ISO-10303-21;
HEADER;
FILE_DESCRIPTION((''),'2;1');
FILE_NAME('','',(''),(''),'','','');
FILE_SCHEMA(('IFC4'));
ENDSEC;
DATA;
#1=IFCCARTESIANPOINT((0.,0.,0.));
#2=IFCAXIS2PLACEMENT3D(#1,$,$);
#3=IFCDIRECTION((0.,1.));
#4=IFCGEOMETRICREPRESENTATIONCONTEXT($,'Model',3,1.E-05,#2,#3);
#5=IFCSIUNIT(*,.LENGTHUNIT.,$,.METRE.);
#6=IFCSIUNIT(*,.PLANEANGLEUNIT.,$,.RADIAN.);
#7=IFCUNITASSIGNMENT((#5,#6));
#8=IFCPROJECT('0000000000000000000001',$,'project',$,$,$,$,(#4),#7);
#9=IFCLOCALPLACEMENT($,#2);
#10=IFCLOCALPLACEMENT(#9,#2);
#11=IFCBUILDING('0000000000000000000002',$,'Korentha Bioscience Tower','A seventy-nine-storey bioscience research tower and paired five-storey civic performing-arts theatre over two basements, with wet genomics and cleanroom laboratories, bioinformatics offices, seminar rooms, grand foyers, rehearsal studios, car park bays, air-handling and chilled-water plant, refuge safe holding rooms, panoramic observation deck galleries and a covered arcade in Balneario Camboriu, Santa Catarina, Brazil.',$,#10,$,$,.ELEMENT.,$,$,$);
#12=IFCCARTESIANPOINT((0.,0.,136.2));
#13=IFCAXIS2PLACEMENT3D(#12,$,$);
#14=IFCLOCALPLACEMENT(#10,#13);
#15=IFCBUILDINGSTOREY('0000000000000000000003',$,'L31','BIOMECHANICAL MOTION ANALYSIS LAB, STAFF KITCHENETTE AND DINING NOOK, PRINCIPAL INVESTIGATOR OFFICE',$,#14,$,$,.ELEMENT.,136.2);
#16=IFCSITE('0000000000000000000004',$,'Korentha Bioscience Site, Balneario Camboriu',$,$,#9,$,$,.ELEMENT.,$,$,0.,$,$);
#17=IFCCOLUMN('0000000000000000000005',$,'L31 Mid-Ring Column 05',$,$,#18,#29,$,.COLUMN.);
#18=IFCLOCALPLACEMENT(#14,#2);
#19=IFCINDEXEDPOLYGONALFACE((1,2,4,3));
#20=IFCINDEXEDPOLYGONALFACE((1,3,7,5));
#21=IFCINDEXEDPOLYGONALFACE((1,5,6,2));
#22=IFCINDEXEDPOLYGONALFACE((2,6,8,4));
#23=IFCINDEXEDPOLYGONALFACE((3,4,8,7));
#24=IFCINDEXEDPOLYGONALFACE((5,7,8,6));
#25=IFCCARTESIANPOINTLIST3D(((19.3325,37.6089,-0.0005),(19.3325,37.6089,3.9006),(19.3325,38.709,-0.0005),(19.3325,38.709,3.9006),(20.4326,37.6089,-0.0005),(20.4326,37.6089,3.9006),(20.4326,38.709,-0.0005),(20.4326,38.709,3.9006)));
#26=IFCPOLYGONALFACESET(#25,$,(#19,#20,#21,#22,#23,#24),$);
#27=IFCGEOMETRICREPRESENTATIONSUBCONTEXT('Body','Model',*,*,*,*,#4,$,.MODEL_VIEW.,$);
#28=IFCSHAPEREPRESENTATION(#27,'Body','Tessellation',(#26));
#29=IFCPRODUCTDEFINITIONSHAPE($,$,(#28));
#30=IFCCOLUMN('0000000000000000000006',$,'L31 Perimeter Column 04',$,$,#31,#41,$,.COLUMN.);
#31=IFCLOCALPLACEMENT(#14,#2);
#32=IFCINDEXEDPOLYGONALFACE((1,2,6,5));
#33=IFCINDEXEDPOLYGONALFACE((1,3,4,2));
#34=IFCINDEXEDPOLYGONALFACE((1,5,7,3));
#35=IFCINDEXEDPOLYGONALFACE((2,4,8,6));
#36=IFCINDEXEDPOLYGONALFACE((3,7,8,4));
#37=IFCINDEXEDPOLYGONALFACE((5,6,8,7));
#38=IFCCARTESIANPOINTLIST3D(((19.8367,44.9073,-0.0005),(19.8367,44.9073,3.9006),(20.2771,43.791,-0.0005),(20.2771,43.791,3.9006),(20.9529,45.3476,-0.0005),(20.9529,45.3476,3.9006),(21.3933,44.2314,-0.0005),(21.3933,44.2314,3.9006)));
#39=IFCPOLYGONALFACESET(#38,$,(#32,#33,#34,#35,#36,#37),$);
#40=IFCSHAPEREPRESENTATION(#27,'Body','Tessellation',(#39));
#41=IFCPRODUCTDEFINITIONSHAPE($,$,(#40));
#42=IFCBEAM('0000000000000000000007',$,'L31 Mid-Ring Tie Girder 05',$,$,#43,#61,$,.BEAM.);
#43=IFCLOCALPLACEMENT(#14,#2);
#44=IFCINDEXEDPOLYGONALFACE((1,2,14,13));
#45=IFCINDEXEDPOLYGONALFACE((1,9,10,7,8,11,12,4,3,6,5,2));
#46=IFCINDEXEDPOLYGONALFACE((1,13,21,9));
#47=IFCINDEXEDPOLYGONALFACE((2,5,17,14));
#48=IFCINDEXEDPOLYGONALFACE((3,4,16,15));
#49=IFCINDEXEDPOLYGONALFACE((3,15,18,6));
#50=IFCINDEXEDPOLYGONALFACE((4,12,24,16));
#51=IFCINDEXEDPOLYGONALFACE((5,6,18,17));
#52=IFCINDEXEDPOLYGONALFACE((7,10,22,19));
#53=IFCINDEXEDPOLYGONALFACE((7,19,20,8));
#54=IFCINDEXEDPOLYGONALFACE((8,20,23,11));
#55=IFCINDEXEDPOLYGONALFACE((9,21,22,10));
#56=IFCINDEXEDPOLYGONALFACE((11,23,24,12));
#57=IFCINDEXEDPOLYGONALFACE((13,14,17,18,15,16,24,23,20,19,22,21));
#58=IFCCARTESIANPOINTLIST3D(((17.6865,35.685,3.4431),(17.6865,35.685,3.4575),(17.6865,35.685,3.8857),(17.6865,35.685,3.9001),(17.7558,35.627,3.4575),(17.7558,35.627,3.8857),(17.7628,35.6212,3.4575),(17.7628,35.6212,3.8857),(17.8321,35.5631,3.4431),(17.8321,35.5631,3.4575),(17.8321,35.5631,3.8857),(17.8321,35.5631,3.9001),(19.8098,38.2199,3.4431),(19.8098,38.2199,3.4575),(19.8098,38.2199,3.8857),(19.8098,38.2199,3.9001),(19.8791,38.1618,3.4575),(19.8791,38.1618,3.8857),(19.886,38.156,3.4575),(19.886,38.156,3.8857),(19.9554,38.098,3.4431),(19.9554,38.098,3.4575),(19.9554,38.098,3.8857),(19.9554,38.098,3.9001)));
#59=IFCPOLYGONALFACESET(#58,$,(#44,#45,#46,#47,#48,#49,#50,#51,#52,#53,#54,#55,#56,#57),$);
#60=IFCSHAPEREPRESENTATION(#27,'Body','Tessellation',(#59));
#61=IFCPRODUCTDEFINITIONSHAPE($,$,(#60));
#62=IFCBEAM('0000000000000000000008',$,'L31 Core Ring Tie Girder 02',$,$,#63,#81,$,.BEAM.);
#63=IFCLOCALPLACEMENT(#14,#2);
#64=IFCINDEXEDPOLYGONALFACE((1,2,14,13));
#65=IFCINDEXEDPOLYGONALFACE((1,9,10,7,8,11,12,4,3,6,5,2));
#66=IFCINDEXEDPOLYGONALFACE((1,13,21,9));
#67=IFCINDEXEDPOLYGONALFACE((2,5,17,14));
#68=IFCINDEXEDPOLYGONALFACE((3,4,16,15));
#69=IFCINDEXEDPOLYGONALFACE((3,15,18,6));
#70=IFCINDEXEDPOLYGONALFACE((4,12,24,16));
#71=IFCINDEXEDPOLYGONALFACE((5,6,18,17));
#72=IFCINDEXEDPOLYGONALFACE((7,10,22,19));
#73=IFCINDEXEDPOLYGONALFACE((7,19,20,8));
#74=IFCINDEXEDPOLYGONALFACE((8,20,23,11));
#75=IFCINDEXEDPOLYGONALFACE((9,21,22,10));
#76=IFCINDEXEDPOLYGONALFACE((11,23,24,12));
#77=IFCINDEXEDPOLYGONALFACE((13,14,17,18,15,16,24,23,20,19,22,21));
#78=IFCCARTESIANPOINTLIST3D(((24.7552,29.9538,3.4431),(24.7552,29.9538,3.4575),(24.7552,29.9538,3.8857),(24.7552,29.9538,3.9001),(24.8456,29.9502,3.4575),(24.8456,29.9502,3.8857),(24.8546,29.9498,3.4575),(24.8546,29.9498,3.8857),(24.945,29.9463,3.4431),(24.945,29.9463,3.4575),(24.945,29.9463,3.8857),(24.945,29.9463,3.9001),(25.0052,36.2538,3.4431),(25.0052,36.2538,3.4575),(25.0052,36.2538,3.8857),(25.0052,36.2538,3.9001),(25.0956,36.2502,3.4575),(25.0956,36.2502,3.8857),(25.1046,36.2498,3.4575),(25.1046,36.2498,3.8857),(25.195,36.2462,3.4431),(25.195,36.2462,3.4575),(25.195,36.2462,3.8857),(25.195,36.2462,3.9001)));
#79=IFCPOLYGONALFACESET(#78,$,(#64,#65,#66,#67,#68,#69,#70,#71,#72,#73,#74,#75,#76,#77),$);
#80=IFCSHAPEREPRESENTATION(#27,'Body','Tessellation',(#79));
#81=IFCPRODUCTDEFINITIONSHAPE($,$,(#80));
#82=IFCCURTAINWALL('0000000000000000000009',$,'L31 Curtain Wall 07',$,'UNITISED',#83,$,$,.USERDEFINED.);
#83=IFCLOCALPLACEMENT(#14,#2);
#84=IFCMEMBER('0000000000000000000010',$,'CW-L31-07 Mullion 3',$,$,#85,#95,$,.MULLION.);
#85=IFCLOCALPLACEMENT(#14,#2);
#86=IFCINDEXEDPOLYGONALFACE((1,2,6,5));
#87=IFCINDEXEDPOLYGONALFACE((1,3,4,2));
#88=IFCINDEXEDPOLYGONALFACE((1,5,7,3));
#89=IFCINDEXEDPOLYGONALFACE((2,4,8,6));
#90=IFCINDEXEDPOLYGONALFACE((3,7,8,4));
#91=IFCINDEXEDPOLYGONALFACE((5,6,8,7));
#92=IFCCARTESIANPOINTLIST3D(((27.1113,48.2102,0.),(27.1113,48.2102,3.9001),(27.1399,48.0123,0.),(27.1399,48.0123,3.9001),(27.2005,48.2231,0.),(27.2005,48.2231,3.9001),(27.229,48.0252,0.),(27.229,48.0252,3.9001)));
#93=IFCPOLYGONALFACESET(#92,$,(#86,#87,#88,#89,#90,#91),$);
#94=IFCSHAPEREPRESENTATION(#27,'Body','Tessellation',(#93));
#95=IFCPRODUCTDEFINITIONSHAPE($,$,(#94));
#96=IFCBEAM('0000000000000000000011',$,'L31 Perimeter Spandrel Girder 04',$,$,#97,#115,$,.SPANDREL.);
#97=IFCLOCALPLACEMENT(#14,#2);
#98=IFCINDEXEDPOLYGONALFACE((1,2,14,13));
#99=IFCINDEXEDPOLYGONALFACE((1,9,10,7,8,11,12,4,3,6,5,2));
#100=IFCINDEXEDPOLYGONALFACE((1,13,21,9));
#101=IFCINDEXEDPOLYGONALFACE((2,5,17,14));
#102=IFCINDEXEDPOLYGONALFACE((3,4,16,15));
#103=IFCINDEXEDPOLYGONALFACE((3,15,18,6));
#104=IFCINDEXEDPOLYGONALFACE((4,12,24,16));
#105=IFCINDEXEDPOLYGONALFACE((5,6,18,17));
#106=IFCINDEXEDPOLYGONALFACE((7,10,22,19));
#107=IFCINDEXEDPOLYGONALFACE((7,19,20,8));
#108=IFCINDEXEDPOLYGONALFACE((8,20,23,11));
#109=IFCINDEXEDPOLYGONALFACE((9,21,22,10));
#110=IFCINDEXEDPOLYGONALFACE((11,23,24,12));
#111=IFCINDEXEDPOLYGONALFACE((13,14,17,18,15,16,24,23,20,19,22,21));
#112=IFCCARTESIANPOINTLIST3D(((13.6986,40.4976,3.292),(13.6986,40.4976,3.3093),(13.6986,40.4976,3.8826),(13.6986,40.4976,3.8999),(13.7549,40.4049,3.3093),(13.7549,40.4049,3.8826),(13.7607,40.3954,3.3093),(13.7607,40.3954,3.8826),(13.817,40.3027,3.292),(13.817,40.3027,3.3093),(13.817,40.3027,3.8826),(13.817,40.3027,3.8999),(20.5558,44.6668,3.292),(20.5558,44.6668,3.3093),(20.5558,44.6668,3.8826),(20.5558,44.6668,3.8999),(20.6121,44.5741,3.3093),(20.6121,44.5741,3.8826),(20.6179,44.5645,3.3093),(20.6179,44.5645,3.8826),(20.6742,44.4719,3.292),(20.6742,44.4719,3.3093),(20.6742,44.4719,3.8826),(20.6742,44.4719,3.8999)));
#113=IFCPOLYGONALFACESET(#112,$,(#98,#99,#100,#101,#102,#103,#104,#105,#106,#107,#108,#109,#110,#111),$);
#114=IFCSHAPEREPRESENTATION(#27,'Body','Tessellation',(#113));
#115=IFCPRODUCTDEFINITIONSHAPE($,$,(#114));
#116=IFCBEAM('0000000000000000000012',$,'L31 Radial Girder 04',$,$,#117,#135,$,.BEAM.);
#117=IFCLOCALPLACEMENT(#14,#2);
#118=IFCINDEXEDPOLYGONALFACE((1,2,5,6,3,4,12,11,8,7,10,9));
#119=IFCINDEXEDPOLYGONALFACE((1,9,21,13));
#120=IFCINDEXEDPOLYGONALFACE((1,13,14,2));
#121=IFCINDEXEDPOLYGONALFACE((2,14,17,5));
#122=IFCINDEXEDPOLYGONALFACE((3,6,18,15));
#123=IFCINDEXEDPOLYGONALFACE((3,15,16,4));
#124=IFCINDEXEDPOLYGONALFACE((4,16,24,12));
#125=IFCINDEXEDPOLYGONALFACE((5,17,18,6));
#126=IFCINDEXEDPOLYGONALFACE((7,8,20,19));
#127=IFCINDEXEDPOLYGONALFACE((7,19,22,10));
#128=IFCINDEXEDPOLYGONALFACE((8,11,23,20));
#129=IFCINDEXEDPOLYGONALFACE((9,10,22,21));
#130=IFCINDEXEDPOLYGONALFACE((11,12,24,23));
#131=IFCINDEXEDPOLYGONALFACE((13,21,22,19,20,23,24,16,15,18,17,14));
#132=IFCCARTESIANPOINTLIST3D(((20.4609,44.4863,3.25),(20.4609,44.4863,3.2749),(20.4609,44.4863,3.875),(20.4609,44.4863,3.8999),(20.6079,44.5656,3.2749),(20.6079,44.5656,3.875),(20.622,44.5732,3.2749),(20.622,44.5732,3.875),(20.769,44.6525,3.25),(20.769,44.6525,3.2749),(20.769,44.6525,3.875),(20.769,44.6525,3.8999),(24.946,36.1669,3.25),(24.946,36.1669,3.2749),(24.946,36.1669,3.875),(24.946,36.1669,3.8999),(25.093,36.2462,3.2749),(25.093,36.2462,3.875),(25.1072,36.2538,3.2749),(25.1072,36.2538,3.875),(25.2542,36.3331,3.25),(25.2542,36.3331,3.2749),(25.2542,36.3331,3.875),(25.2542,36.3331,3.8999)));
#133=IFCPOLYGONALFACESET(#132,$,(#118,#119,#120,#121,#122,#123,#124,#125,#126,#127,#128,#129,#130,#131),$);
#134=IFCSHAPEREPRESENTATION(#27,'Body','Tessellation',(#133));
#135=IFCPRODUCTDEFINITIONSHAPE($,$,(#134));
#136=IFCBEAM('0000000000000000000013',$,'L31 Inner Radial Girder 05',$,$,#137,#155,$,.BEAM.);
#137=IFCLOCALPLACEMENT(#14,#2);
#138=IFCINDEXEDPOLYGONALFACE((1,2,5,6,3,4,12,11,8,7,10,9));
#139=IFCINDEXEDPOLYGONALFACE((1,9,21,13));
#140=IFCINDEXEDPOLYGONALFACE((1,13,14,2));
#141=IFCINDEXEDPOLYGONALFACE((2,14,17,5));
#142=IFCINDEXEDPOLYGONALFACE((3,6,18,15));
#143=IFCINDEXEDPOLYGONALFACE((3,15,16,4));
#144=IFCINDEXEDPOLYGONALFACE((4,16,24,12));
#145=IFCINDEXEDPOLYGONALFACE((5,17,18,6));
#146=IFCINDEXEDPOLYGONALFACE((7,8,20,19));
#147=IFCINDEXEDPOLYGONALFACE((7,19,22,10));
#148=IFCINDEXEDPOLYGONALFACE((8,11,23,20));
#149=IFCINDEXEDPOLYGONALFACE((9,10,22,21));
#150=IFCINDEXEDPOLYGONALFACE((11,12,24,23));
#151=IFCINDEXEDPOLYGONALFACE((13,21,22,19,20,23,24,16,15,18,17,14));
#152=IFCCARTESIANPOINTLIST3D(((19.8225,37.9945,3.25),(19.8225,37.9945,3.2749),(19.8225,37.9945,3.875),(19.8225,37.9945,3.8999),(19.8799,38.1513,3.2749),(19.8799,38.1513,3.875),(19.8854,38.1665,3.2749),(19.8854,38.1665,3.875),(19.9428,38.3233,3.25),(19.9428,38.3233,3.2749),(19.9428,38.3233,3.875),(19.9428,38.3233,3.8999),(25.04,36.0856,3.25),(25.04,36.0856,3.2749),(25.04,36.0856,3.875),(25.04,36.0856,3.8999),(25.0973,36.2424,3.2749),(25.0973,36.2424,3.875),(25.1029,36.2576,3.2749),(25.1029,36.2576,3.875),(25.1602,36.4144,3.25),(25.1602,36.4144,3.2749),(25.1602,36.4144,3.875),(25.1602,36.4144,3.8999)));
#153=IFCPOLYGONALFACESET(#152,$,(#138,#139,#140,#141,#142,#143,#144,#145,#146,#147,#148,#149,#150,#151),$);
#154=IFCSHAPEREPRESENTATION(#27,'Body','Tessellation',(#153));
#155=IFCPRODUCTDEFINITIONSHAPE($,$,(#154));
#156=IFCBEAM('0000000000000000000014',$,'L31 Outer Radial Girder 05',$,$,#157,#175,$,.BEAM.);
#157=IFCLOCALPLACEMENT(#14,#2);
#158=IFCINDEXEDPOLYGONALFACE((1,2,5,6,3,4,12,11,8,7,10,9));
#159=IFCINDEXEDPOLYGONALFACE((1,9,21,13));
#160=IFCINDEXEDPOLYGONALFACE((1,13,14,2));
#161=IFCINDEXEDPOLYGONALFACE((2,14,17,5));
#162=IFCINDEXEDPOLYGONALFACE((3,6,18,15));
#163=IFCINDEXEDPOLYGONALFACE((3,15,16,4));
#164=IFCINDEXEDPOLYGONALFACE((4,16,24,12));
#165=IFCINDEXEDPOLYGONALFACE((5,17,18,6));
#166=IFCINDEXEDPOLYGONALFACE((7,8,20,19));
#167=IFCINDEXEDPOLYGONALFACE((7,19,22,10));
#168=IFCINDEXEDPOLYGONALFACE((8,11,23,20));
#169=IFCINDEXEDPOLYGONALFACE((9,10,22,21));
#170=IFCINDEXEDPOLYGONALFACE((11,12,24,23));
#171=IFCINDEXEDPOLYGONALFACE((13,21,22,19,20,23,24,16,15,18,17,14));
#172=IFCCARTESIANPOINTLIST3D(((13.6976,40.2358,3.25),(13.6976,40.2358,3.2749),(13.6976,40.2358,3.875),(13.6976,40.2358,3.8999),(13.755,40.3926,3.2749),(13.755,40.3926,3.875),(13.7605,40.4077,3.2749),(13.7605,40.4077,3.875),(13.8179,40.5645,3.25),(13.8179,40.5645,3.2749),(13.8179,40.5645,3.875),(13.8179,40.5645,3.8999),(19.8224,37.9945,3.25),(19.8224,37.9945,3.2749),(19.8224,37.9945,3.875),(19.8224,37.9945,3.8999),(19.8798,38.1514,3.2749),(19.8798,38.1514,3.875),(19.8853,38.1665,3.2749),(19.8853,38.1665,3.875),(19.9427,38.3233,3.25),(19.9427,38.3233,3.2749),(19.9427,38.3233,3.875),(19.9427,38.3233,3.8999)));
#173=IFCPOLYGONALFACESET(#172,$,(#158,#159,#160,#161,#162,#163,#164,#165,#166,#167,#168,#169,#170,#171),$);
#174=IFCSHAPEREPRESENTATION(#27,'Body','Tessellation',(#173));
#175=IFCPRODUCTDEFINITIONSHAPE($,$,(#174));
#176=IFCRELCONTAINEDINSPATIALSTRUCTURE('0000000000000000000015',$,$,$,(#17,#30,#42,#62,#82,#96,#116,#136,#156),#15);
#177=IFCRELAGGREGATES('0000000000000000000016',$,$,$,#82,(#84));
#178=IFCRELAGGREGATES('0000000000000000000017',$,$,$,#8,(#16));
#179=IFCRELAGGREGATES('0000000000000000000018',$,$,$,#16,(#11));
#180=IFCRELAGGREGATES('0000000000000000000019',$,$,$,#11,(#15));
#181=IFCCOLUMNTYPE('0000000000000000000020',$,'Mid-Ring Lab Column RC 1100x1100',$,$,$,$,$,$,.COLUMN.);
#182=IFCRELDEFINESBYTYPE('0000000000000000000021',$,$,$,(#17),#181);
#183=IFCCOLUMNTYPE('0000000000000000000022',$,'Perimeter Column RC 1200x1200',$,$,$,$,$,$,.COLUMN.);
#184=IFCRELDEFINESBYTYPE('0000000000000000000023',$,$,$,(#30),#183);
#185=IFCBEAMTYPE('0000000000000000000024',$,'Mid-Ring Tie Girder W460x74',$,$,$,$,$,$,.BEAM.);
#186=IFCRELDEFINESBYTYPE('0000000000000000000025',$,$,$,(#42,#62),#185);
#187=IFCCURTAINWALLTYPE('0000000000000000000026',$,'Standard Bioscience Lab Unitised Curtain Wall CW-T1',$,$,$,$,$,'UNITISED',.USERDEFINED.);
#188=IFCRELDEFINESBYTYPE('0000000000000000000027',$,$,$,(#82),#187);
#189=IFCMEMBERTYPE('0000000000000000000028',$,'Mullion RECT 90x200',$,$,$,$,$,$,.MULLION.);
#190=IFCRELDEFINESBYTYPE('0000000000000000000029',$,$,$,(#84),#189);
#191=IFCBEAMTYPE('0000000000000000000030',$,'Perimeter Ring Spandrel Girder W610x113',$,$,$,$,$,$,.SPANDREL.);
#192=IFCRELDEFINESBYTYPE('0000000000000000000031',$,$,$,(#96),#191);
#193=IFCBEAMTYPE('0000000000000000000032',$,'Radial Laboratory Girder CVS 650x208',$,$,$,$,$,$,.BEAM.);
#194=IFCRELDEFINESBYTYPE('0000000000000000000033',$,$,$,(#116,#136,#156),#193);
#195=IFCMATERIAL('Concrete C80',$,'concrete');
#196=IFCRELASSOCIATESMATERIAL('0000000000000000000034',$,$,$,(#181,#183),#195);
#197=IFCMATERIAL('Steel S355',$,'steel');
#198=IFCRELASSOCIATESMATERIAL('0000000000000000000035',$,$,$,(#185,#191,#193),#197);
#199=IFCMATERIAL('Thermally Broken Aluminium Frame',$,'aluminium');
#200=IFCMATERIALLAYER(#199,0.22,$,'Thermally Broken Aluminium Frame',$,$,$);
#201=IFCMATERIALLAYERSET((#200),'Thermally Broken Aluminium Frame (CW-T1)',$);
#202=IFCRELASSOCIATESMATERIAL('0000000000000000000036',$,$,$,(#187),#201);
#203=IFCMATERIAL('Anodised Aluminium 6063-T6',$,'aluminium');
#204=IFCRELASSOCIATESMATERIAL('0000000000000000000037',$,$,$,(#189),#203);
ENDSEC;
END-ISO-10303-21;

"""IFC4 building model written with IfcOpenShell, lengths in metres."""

from ifc_helpers import new_model, si_unit, direction, frame, origin, origin_2d, place, context, subcontext, project, spatial, rectangle, i_section, extrude, material, layer, layer_set, material_profile, profile_set, type_object, element, aggregate, save


model = new_model("IFC4")

# Units and contexts
model_context = context("Model", 3, precision=1e-05, world=origin(), true_north=direction((0.0, 1.0)))
body_context = subcontext(model_context, "Body", "Model", "MODEL_VIEW")
ifc_project = project(units=[si_unit("LENGTHUNIT", "METRE"), si_unit("PLANEANGLEUNIT", "RADIAN")], contexts=[model_context])

# Site, building, storey
site_placement = place(None, origin())
site = spatial("IfcSite", under=ifc_project, at=site_placement, Name="Korentha Bioscience Site, Balneario Camboriu", CompositionType="ELEMENT", RefElevation=0.0)
building_placement = place(site_placement, origin())
building = spatial("IfcBuilding", under=site, at=building_placement, Name="Korentha Bioscience Tower", Description="A seventy-nine-storey bioscience research tower and paired five-storey civic performing-arts theatre over two basements, with wet genomics and cleanroom laboratories, bioinformatics offices, seminar rooms, grand foyers, rehearsal studios, car park bays, air-handling and chilled-water plant, refuge safe holding rooms, panoramic observation deck galleries and a covered arcade in Balneario Camboriu, Santa Catarina, Brazil.", CompositionType="ELEMENT")
storey_placement = place(building_placement, frame((0.0, 0.0, 136.2)))
storey = spatial("IfcBuildingStorey", under=building, at=storey_placement, Name="L31", Description="BIOMECHANICAL MOTION ANALYSIS LAB, STAFF KITCHENETTE AND DINING NOOK, PRINCIPAL INVESTIGATOR OFFICE", CompositionType="ELEMENT", Elevation=136.2)

# Columns
ifc_material_1 = material(Name="Concrete C80", Category="concrete")
ifc_material_profile_1 = material_profile(ifc_material_1, rectangle(XDim=1.1001, YDim=1.1001, at=origin_2d()), Name="Concrete C80")
ifc_profile_set_1 = profile_set([ifc_material_profile_1], Name="Concrete C80 (COL-MR11)")
column_type_1 = type_object("IfcColumnType", Name="Mid-Ring Lab Column RC 1100x1100", PredefinedType="COLUMN", material=ifc_profile_set_1)
column_1_placement = place(storey_placement, frame((19.8826, 38.1589, -0.0005), z_axis=(0.0, 0.0, 1.0), x_axis=(1.0, 0.0, 0.0)))
element("IfcColumn", 1, at=column_1_placement, inside=storey, type_object=column_type_1, Name="L31 Mid-Ring Column 05", PredefinedType="COLUMN", context=body_context, shape_type="SweptSolid", body=[
    extrude(rectangle(XDim=1.1001, YDim=1.1001, at=origin_2d()), origin(), (0.0, 0.0, 1.0), 3.9011),
])
ifc_material_profile_2 = material_profile(ifc_material_1, rectangle(XDim=1.2, YDim=1.2, at=origin_2d()), Name="Concrete C80")
ifc_profile_set_2 = profile_set([ifc_material_profile_2], Name="Concrete C80 (COL-P12)")
column_type_2 = type_object("IfcColumnType", Name="Perimeter Column RC 1200x1200", PredefinedType="COLUMN", material=ifc_profile_set_2)
column_2_placement = place(storey_placement, frame((20.615, 44.5693, -0.0005), z_axis=(0.0, 0.0, 1.0), x_axis=(0.930226, 0.366988, 0.0)))
element("IfcColumn", 2, at=column_2_placement, inside=storey, type_object=column_type_2, Name="L31 Perimeter Column 04", PredefinedType="COLUMN", context=body_context, shape_type="SweptSolid", body=[
    extrude(rectangle(XDim=1.2, YDim=1.2, at=origin_2d()), origin(), (0.0, 0.0, 1.0), 3.9011),
])

# Beams
ifc_material_2 = material(Name="Steel S355", Category="steel")
ifc_material_profile_3 = material_profile(ifc_material_2, i_section(OverallWidth=0.1899, OverallDepth=0.457, WebThickness=0.009, FlangeThickness=0.0144, at=origin_2d()), Name="Steel S355")
ifc_profile_set_3 = profile_set([ifc_material_profile_3], Name="Steel S355 (MB-460)")
beam_type_1 = type_object("IfcBeamType", Name="Mid-Ring Tie Girder W460x74", PredefinedType="BEAM", material=ifc_profile_set_3)
beam_1_placement = place(storey_placement, frame((19.8826, 38.1589, 3.6716), z_axis=(-0.642121, -0.766603, 0.0), x_axis=(0.766603, -0.642121, 0.0)))
element("IfcBeam", 3, at=beam_1_placement, inside=storey, type_object=beam_type_1, Name="L31 Mid-Ring Tie Girder 05", PredefinedType="BEAM", context=body_context, shape_type="SweptSolid", body=[
    extrude(i_section(OverallWidth=0.1899, OverallDepth=0.457, WebThickness=0.009, FlangeThickness=0.0144, at=origin_2d()), origin(), (0.0, 0.0, 1.0), 3.3066),
])
beam_2_placement = place(storey_placement, frame((25.1001, 36.25, 3.6716), z_axis=(-0.039651, -0.999214, 0.0), x_axis=(0.999214, -0.039651, 0.0)))
element("IfcBeam", 4, at=beam_2_placement, inside=storey, type_object=beam_type_1, Name="L31 Core Ring Tie Girder 02", PredefinedType="BEAM", context=body_context, shape_type="SweptSolid", body=[
    extrude(i_section(OverallWidth=0.1899, OverallDepth=0.457, WebThickness=0.009, FlangeThickness=0.0144, at=origin_2d()), origin(), (0.0, 0.0, 1.0), 6.3049),
])

# Curtain wall, member
ifc_material_3 = material(Name="Thermally Broken Aluminium Frame", Category="aluminium")
ifc_layer_1 = layer(ifc_material_3, 0.22, Name="Thermally Broken Aluminium Frame")
ifc_layer_set_1 = layer_set([ifc_layer_1], Name="Thermally Broken Aluminium Frame (CW-T1)")
curtain_wall_type = type_object("IfcCurtainWallType", Name="Standard Bioscience Lab Unitised Curtain Wall CW-T1", ElementType="UNITISED", PredefinedType="USERDEFINED", material=ifc_layer_set_1)
curtain_wall_placement = place(storey_placement, origin())
curtain_wall = element("IfcCurtainWall", 5, at=curtain_wall_placement, inside=storey, type_object=curtain_wall_type, Name="L31 Curtain Wall 07", ObjectType="UNITISED", PredefinedType="USERDEFINED")
ifc_material_4 = material(Name="Anodised Aluminium 6063-T6", Category="aluminium")
ifc_material_profile_4 = material_profile(ifc_material_4, rectangle(XDim=0.0901, YDim=0.2, at=origin_2d()), Name="Anodised Aluminium 6063-T6")
ifc_profile_set_4 = profile_set([ifc_material_profile_4], Name="Anodised Aluminium 6063-T6 (CW-MUL)")
member_type_1 = type_object("IfcMemberType", Name="Mullion RECT 90x200", PredefinedType="MULLION", material=ifc_profile_set_4)
member_1_placement = place(storey_placement, frame((27.1702, 48.1177, 0.0), z_axis=(0.0, 0.0, 1.0), x_axis=(-0.989738, -0.142892, 0.0)))
member_1 = element("IfcMember", 6, at=member_1_placement, type_object=member_type_1, Name="CW-L31-07 Mullion 3", PredefinedType="MULLION", context=body_context, shape_type="SweptSolid", body=[
    extrude(rectangle(XDim=0.0901, YDim=0.2, at=origin_2d()), origin(), (0.0, 0.0, 1.0), 3.9001),
])

# Beams
ifc_material_profile_5 = material_profile(ifc_material_2, i_section(OverallWidth=0.228, OverallDepth=0.6079, WebThickness=0.0112, FlangeThickness=0.0173, at=origin_2d()), Name="Steel S355")
ifc_profile_set_5 = profile_set([ifc_material_profile_5], Name="Steel S355 (SB-610)")
beam_type_2 = type_object("IfcBeamType", Name="Perimeter Ring Spandrel Girder W610x113", PredefinedType="SPANDREL", material=ifc_profile_set_5)
beam_3_placement = place(storey_placement, frame((20.615, 44.5693, 3.5959), z_axis=(-0.854461, -0.519515, 0.0), x_axis=(0.519515, -0.854461, 0.0)))
element("IfcBeam", 7, at=beam_3_placement, inside=storey, type_object=beam_type_2, Name="L31 Perimeter Spandrel Girder 04", PredefinedType="SPANDREL", context=body_context, shape_type="SweptSolid", body=[
    extrude(i_section(OverallWidth=0.228, OverallDepth=0.6079, WebThickness=0.0112, FlangeThickness=0.0173, at=origin_2d()), origin(), (0.0, 0.0, 1.0), 8.0251),
])
ifc_material_profile_6 = material_profile(ifc_material_2, i_section(OverallWidth=0.3501, OverallDepth=0.6499, WebThickness=0.0161, FlangeThickness=0.0249, at=origin_2d()), Name="Steel S355")
ifc_profile_set_6 = profile_set([ifc_material_profile_6], Name="Steel S355 (RB-650)")
beam_type_3 = type_object("IfcBeamType", Name="Radial Laboratory Girder CVS 650x208", PredefinedType="BEAM", material=ifc_profile_set_6)
beam_4_placement = place(storey_placement, frame((25.1001, 36.25, 3.575), z_axis=(-0.474548, 0.88023, 0.0), x_axis=(-0.88023, -0.474548, 0.0)))
element("IfcBeam", 8, at=beam_4_placement, inside=storey, type_object=beam_type_3, Name="L31 Radial Girder 04", PredefinedType="BEAM", context=body_context, shape_type="SweptSolid", body=[
    extrude(i_section(OverallWidth=0.3501, OverallDepth=0.6499, WebThickness=0.0161, FlangeThickness=0.0249, at=origin_2d()), origin(), (0.0, 0.0, 1.0), 9.4514),
])
beam_5_placement = place(storey_placement, frame((25.1001, 36.25, 3.575), z_axis=(-0.939118, 0.343595, 0.0), x_axis=(-0.343595, -0.939118, 0.0)))
element("IfcBeam", 9, at=beam_5_placement, inside=storey, type_object=beam_type_3, Name="L31 Inner Radial Girder 05", PredefinedType="BEAM", context=body_context, shape_type="SweptSolid", body=[
    extrude(i_section(OverallWidth=0.3501, OverallDepth=0.6499, WebThickness=0.0161, FlangeThickness=0.0249, at=origin_2d()), origin(), (0.0, 0.0, 1.0), 5.5557),
])
beam_6_placement = place(storey_placement, frame((19.8826, 38.1589, 3.575), z_axis=(-0.939101, 0.343642, 0.0), x_axis=(-0.343642, -0.939101, 0.0)))
element("IfcBeam", 10, at=beam_6_placement, inside=storey, type_object=beam_type_3, Name="L31 Outer Radial Girder 05", PredefinedType="BEAM", context=body_context, shape_type="SweptSolid", body=[
    extrude(i_section(OverallWidth=0.3501, OverallDepth=0.6499, WebThickness=0.0161, FlangeThickness=0.0249, at=origin_2d()), origin(), (0.0, 0.0, 1.0), 6.522),
])

aggregate(curtain_wall, [member_1])

save(model, "model.ifc")
